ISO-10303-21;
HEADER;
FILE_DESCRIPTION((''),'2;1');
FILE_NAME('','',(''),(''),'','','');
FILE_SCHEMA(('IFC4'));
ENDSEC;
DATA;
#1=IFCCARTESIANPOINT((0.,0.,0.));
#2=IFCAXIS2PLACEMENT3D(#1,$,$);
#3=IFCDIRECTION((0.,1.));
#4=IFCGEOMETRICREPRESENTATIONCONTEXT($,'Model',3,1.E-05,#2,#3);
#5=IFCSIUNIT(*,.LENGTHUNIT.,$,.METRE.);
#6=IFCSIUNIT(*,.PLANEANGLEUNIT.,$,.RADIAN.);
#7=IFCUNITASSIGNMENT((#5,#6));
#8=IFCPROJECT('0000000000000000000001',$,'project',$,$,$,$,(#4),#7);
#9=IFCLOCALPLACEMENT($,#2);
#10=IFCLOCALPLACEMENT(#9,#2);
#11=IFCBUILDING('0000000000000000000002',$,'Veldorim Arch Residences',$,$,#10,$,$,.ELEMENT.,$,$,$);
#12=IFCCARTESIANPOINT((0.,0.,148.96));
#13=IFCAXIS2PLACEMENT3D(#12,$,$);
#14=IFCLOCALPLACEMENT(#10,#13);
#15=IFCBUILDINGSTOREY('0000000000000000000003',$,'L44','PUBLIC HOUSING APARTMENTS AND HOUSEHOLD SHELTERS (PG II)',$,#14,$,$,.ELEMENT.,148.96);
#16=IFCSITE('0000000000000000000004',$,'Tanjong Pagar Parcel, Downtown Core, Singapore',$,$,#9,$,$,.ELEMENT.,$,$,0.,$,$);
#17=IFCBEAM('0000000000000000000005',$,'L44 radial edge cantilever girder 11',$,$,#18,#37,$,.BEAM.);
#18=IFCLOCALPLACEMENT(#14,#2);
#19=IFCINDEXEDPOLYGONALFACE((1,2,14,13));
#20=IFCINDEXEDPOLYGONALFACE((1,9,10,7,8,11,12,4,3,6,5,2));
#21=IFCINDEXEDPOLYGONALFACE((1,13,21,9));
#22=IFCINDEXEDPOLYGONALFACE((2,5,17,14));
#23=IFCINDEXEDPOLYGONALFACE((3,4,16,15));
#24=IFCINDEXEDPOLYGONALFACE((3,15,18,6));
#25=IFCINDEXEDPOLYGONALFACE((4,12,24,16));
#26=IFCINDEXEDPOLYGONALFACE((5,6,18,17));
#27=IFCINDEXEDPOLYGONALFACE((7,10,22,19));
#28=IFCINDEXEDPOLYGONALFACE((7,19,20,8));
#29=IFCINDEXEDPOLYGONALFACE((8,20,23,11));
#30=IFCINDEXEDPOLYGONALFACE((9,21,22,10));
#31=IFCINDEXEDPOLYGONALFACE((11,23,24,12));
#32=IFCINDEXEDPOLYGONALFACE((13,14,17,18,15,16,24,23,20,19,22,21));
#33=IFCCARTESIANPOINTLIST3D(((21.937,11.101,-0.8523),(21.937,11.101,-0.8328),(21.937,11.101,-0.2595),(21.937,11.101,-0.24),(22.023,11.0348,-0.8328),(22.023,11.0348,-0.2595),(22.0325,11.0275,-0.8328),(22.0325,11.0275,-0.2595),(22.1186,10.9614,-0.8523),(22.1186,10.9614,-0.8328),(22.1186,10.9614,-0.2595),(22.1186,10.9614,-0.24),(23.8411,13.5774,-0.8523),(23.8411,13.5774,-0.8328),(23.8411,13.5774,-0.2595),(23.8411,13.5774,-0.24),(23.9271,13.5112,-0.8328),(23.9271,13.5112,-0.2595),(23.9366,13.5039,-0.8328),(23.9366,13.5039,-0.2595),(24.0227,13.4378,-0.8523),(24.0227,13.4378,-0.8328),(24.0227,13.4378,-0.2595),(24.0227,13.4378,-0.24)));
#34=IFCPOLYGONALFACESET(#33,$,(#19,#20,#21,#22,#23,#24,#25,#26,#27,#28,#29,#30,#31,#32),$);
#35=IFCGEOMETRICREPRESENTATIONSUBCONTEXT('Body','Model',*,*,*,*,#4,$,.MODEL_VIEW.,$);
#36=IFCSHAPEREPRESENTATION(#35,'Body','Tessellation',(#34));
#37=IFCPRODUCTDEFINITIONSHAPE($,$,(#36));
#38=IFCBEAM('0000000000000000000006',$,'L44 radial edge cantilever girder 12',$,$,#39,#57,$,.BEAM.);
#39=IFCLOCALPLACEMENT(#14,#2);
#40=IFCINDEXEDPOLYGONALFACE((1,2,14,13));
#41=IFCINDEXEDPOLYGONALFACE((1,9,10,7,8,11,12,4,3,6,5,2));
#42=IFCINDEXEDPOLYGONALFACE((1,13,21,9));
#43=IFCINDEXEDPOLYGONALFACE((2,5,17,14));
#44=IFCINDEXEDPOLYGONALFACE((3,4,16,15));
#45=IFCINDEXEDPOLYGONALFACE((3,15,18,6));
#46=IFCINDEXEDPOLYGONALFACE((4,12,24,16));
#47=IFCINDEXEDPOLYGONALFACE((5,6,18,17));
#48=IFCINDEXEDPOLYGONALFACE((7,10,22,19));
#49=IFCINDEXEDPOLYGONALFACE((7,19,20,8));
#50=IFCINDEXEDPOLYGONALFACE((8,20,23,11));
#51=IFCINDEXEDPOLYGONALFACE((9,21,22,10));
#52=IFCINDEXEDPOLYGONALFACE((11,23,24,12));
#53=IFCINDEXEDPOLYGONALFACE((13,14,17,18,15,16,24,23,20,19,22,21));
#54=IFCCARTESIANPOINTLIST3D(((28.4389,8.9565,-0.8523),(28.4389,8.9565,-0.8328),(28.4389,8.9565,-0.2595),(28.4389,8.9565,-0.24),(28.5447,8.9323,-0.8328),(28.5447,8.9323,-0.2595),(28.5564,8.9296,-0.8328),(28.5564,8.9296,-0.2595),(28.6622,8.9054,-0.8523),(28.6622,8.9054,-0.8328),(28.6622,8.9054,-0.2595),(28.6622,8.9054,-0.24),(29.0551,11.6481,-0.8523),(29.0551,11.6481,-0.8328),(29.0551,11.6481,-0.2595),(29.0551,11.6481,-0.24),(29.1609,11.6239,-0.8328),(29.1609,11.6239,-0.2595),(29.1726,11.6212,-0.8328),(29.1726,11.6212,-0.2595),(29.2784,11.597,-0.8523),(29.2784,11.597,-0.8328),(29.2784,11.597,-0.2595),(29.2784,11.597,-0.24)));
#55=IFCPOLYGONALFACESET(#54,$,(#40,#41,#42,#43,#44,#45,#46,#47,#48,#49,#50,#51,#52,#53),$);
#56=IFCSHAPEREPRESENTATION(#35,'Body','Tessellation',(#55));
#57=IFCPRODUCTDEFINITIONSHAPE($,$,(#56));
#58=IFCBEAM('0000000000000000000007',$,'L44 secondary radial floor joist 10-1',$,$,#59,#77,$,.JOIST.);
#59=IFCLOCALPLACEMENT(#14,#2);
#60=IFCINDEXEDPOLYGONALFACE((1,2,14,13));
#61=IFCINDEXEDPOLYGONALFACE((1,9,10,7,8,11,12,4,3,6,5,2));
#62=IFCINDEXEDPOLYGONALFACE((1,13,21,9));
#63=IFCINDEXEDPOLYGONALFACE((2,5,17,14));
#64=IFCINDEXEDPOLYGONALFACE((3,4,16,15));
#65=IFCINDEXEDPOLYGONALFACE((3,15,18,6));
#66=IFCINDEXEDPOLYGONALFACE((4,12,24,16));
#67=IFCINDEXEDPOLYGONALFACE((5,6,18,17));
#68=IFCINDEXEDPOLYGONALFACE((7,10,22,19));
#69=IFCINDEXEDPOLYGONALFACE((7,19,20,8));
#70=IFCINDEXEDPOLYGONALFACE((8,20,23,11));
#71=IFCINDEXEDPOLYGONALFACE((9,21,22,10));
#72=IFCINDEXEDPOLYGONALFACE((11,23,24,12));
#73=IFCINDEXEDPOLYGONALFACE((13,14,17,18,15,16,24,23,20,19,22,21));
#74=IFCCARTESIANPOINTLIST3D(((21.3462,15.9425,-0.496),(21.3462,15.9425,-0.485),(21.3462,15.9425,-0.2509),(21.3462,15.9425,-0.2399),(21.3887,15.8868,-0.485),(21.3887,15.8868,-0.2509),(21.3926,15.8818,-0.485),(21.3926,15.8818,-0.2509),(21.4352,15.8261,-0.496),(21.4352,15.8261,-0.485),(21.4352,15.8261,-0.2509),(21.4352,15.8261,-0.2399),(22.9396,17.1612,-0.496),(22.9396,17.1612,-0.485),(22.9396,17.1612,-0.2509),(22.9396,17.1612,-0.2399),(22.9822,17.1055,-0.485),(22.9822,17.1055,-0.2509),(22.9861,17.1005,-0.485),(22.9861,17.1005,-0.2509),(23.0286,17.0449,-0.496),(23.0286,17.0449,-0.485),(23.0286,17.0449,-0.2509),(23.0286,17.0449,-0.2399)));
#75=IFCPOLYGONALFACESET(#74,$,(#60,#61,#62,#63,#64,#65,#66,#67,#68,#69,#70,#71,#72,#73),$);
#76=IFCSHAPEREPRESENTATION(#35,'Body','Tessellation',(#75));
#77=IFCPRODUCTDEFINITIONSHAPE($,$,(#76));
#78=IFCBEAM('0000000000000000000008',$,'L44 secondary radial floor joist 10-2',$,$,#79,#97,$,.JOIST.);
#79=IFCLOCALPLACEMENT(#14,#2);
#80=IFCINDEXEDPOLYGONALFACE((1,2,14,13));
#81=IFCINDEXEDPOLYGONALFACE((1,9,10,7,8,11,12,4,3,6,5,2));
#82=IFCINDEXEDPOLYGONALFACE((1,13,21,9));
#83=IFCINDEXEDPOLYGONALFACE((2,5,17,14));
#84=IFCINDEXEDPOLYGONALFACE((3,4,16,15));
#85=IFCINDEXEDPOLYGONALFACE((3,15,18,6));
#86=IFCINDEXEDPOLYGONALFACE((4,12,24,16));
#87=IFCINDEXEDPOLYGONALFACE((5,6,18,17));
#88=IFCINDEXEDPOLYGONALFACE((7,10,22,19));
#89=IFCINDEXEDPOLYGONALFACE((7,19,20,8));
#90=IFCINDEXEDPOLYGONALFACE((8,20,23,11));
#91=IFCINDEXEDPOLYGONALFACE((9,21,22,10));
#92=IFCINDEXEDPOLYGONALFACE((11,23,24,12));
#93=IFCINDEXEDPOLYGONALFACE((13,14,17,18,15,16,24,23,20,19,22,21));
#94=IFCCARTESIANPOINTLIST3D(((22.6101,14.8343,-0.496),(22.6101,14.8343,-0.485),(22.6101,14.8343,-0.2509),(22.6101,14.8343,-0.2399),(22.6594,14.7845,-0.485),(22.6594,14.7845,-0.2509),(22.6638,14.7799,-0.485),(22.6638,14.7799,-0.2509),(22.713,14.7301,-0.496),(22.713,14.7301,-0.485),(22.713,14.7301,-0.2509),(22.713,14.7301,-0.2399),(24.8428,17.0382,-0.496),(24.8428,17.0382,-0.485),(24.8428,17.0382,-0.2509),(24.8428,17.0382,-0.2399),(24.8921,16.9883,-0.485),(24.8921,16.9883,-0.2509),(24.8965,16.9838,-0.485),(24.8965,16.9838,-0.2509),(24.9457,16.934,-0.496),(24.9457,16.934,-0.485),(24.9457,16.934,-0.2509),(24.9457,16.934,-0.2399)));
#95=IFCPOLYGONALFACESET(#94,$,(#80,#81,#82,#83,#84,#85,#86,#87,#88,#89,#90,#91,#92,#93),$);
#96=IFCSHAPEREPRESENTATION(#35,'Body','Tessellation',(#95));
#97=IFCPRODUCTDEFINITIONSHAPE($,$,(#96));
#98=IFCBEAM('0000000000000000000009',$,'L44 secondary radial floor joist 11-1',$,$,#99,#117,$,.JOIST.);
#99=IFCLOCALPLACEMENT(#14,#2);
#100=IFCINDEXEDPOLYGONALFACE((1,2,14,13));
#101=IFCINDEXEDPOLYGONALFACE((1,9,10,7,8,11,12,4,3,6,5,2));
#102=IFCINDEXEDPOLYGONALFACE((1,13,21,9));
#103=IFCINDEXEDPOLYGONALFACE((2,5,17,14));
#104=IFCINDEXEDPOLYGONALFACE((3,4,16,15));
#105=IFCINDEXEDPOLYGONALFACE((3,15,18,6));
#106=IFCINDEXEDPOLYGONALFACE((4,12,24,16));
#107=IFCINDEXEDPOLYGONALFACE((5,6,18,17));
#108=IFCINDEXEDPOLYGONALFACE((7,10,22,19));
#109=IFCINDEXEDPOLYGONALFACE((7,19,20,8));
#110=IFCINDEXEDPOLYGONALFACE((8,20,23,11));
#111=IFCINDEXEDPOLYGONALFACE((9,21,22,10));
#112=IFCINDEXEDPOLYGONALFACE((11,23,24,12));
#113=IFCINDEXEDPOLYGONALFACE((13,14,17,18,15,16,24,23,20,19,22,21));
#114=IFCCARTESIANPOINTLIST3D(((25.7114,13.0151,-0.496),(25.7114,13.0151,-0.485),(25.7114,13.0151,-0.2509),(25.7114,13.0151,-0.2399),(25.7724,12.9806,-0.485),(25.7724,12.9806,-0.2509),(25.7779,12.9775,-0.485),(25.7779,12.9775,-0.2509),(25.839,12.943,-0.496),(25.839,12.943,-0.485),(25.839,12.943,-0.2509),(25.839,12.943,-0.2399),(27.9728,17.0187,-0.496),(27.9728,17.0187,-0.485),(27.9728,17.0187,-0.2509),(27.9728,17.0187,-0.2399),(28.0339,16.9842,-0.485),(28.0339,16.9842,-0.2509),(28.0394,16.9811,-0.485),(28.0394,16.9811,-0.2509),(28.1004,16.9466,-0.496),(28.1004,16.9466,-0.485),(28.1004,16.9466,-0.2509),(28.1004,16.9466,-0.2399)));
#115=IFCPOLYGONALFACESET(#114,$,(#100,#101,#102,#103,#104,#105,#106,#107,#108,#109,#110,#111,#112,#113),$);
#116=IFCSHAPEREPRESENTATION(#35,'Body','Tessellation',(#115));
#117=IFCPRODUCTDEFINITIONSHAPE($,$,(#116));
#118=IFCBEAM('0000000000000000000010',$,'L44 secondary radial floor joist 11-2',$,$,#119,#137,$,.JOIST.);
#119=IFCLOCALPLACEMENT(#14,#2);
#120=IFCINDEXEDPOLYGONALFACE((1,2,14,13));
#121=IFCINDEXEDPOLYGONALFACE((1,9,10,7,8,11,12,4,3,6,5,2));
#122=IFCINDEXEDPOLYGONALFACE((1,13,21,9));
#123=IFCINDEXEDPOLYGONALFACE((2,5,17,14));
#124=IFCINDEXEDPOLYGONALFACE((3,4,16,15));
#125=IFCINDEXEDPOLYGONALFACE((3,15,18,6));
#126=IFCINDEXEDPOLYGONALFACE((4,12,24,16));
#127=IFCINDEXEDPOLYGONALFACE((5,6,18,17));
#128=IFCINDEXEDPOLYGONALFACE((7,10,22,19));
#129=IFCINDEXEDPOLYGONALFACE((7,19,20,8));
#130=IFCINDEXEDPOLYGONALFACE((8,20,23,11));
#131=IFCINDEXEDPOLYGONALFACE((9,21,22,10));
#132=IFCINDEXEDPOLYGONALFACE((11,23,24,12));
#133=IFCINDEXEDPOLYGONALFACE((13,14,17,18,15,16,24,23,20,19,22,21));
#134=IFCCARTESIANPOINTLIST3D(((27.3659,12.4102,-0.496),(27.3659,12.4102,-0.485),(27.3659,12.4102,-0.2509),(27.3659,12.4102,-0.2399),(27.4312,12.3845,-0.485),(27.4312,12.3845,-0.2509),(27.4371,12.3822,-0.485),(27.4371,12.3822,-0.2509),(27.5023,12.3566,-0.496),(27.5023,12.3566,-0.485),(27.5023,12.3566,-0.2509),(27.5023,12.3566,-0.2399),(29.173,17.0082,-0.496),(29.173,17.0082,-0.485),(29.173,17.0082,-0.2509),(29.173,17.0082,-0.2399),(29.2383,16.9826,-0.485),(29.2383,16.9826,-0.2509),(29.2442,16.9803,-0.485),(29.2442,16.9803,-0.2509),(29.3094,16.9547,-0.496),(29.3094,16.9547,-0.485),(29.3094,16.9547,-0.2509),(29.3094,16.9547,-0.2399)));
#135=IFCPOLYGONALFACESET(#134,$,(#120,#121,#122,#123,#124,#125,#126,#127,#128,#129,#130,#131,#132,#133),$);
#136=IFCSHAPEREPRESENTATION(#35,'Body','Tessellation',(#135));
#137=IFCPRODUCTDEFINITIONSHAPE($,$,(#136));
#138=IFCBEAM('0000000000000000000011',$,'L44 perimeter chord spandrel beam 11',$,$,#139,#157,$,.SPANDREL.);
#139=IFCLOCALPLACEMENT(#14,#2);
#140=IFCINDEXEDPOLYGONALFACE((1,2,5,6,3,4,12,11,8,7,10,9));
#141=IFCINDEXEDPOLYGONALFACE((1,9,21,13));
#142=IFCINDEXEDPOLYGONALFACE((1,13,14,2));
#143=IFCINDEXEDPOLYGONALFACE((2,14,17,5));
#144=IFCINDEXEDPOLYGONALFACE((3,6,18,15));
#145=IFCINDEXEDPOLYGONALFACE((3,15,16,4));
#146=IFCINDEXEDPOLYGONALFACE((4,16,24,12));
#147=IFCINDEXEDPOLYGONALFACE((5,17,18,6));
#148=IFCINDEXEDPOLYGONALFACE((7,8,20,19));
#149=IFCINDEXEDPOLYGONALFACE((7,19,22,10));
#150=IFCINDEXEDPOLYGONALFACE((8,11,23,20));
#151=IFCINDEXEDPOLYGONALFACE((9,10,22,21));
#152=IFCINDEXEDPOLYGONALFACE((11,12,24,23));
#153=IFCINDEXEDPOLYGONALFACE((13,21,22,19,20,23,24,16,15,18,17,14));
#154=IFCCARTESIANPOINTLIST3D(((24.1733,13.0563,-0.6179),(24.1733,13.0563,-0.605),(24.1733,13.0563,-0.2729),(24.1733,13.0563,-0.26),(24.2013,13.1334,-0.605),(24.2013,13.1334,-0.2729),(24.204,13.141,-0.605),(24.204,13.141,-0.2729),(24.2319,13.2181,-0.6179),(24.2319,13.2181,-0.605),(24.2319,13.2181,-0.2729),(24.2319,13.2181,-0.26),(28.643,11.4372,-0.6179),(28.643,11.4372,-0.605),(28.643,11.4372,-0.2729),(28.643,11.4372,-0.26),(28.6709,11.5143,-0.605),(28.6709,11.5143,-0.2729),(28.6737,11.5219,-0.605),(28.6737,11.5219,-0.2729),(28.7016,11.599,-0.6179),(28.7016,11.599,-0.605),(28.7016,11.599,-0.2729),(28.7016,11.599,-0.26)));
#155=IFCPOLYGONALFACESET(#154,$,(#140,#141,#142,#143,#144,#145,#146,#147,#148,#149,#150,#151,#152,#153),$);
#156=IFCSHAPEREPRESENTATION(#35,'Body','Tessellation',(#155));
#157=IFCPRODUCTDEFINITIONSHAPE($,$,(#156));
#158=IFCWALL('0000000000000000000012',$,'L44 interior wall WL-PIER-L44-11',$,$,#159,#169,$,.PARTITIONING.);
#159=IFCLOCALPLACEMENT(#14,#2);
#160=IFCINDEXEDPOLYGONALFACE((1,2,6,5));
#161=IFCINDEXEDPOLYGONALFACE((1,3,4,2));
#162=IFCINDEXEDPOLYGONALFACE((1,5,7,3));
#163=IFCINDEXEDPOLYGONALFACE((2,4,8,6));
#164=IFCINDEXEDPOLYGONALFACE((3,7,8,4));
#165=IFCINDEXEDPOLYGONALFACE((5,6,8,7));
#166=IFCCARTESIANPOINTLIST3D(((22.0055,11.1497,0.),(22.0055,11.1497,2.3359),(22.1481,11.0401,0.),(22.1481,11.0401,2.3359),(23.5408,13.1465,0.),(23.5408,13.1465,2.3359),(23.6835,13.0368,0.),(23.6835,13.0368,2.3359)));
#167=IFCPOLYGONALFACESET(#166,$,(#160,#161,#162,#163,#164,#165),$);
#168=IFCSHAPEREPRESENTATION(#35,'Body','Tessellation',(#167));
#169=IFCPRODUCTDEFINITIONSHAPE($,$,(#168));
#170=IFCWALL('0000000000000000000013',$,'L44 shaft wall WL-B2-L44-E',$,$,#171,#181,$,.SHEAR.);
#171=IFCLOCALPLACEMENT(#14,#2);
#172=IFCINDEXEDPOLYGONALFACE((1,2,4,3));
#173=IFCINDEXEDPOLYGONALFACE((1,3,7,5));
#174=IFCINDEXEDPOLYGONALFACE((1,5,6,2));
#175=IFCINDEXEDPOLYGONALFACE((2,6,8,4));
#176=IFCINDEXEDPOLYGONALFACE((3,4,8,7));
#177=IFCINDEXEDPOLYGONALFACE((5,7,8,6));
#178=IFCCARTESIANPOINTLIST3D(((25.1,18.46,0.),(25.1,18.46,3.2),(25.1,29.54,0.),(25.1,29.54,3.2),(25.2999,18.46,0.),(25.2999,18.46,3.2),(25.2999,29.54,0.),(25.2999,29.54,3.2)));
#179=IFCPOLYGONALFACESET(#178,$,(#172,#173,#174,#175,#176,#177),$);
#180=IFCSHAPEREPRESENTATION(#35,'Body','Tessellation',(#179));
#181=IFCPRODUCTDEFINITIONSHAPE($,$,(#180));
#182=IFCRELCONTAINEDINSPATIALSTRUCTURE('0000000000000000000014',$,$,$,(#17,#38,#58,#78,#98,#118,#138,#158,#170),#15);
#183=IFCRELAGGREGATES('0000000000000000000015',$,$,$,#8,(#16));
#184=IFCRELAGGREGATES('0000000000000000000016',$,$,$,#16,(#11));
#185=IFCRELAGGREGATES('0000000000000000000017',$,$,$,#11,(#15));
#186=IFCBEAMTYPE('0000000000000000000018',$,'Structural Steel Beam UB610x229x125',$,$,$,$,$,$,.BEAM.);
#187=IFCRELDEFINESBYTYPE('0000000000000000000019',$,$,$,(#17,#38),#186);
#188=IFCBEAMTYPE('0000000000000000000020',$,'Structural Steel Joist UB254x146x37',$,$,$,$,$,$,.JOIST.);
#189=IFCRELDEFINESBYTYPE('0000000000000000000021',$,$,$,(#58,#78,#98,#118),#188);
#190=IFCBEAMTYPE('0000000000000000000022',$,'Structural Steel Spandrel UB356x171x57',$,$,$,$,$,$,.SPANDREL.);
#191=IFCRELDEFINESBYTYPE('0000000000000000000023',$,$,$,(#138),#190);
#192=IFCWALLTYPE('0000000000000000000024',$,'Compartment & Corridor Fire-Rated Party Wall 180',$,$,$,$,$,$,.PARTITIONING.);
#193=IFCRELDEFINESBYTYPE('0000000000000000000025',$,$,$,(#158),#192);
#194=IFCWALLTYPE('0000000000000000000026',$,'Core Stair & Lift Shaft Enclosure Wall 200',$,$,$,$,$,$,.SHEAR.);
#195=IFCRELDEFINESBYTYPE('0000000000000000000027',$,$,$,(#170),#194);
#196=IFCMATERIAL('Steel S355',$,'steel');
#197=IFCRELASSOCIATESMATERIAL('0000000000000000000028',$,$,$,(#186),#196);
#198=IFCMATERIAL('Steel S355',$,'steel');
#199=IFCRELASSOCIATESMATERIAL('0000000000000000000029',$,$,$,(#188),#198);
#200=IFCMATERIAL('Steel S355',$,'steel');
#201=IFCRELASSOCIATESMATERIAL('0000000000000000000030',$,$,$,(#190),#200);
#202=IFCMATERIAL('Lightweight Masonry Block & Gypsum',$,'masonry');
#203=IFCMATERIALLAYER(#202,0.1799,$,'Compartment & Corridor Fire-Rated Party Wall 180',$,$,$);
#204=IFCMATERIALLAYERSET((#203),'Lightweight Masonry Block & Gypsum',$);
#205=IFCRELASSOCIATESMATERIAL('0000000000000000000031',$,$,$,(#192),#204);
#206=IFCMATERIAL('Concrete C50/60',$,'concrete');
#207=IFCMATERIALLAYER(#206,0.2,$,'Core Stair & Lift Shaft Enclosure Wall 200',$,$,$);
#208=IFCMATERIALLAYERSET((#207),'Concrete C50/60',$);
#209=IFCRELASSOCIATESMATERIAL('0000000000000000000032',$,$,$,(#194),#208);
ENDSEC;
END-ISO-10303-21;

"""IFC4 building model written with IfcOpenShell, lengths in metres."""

from ifc_helpers import new_model, si_unit, direction, frame, frame_2d, origin, origin_2d, place, context, subcontext, project, spatial, rectangle, i_section, extrude, material, layer, layer_set, material_profile, profile_set, type_object, element, save


model = new_model("IFC4")

# Units and contexts
model_context = context("Model", 3, precision=1e-05, world=origin(), true_north=direction((0.0, 1.0)))
body_context = subcontext(model_context, "Body", "Model", "MODEL_VIEW")
ifc_project = project(units=[si_unit("LENGTHUNIT", "METRE"), si_unit("PLANEANGLEUNIT", "RADIAN")], contexts=[model_context])

# Site, building, storey
site_placement = place(None, origin())
site = spatial("IfcSite", under=ifc_project, at=site_placement, Name="Tanjong Pagar Parcel, Downtown Core, Singapore", CompositionType="ELEMENT", RefElevation=0.0)
building_placement = place(site_placement, origin())
building = spatial("IfcBuilding", under=site, at=building_placement, Name="Veldorim Arch Residences", CompositionType="ELEMENT")
storey_placement = place(building_placement, frame((0.0, 0.0, 148.96)))
storey = spatial("IfcBuildingStorey", under=building, at=storey_placement, Name="L44", Description="PUBLIC HOUSING APARTMENTS AND HOUSEHOLD SHELTERS (PG II)", CompositionType="ELEMENT", Elevation=148.96)

# Beams
ifc_material_1 = material(Name="Steel S355", Category="steel")
ifc_material_profile_1 = material_profile(ifc_material_1, i_section(OverallWidth=0.229, OverallDepth=0.6123, WebThickness=0.012, FlangeThickness=0.0195, at=origin_2d()), Name="UB610x229x125")
ifc_profile_set_1 = profile_set([ifc_material_profile_1], Name="Steel S355")
beam_type_1 = type_object("IfcBeamType", Name="Structural Steel Beam UB610x229x125", PredefinedType="BEAM", material=ifc_profile_set_1)
beam_1_placement = place(storey_placement, frame((23.9319, 13.5076, -0.5461), z_axis=(-0.609548, -0.792749, 0.0), x_axis=(0.792749, -0.609548, 0.0)))
element("IfcBeam", 1, at=beam_1_placement, inside=storey, type_object=beam_type_1, Name="L44 radial edge cantilever girder 11", PredefinedType="BEAM", context=body_context, shape_type="SweptSolid", body=[
    extrude(i_section(OverallWidth=0.229, OverallDepth=0.6123, WebThickness=0.012, FlangeThickness=0.0195, at=origin_2d()), origin(), (0.0, 0.0, 1.0), 3.1238),
])
beam_2_placement = place(storey_placement, frame((29.1667, 11.6226, -0.5461), z_axis=(-0.223161, -0.974782, 0.0), x_axis=(0.974782, -0.223161, 0.0)))
element("IfcBeam", 2, at=beam_2_placement, inside=storey, type_object=beam_type_1, Name="L44 radial edge cantilever girder 12", PredefinedType="BEAM", context=body_context, shape_type="SweptSolid", body=[
    extrude(i_section(OverallWidth=0.229, OverallDepth=0.6123, WebThickness=0.012, FlangeThickness=0.0195, at=origin_2d()), origin(), (0.0, 0.0, 1.0), 2.7612),
])
ifc_material_2 = material(Name="Steel S355", Category="steel")
ifc_material_profile_2 = material_profile(ifc_material_2, i_section(OverallWidth=0.1465, OverallDepth=0.2561, WebThickness=0.0063, FlangeThickness=0.011, at=origin_2d()), Name="UB254x146x37")
ifc_profile_set_2 = profile_set([ifc_material_profile_2], Name="Steel S355")
beam_type_2 = type_object("IfcBeamType", Name="Structural Steel Joist UB254x146x37", PredefinedType="JOIST", material=ifc_profile_set_2)
beam_3_placement = place(storey_placement, frame((22.9841, 17.103, -0.3679), z_axis=(-0.794313, -0.607509, 0.0), x_axis=(0.607509, -0.794313, 0.0)))
element("IfcBeam", 3, at=beam_3_placement, inside=storey, type_object=beam_type_2, Name="L44 secondary radial floor joist 10-1", PredefinedType="JOIST", context=body_context, shape_type="SweptSolid", body=[
    extrude(i_section(OverallWidth=0.1465, OverallDepth=0.2561, WebThickness=0.0063, FlangeThickness=0.011, at=origin_2d()), origin(), (0.0, 0.0, 1.0), 2.0061),
])
beam_4_placement = place(storey_placement, frame((24.8943, 16.9861, -0.3679), z_axis=(-0.711683, -0.7025, 0.0), x_axis=(0.7025, -0.711683, 0.0)))
element("IfcBeam", 4, at=beam_4_placement, inside=storey, type_object=beam_type_2, Name="L44 secondary radial floor joist 10-2", PredefinedType="JOIST", context=body_context, shape_type="SweptSolid", body=[
    extrude(i_section(OverallWidth=0.1465, OverallDepth=0.2561, WebThickness=0.0063, FlangeThickness=0.011, at=origin_2d()), origin(), (0.0, 0.0, 1.0), 3.1372),
])
beam_5_placement = place(storey_placement, frame((28.0366, 16.9827, -0.3679), z_axis=(-0.491816, -0.870699, 0.0), x_axis=(0.870699, -0.491816, 0.0)))
element("IfcBeam", 5, at=beam_5_placement, inside=storey, type_object=beam_type_2, Name="L44 secondary radial floor joist 11-1", PredefinedType="JOIST", context=body_context, shape_type="SweptSolid", body=[
    extrude(i_section(OverallWidth=0.1465, OverallDepth=0.2561, WebThickness=0.0063, FlangeThickness=0.011, at=origin_2d()), origin(), (0.0, 0.0, 1.0), 4.5981),
])
beam_6_placement = place(storey_placement, frame((29.2412, 16.9814, -0.3679), z_axis=(-0.365778, -0.930702, 0.0), x_axis=(0.930702, -0.365778, 0.0)))
element("IfcBeam", 6, at=beam_6_placement, inside=storey, type_object=beam_type_2, Name="L44 secondary radial floor joist 11-2", PredefinedType="JOIST", context=body_context, shape_type="SweptSolid", body=[
    extrude(i_section(OverallWidth=0.1465, OverallDepth=0.2561, WebThickness=0.0063, FlangeThickness=0.011, at=origin_2d()), origin(), (0.0, 0.0, 1.0), 4.9404),
])
ifc_material_3 = material(Name="Steel S355", Category="steel")
ifc_material_profile_3 = material_profile(ifc_material_3, i_section(OverallWidth=0.1721, OverallDepth=0.3579, WebThickness=0.0081, FlangeThickness=0.0129, at=origin_2d()), Name="UB356x171x57")
ifc_profile_set_3 = profile_set([ifc_material_profile_3], Name="Steel S355")
beam_type_3 = type_object("IfcBeamType", Name="Structural Steel Spandrel UB356x171x57", PredefinedType="SPANDREL", material=ifc_profile_set_3)
beam_7_placement = place(storey_placement, frame((24.2026, 13.1372, -0.439), z_axis=(0.940213, -0.340588, 0.0), x_axis=(0.340588, 0.940213, 0.0)))
element("IfcBeam", 7, at=beam_7_placement, inside=storey, type_object=beam_type_3, Name="L44 perimeter chord spandrel beam 11", PredefinedType="SPANDREL", context=body_context, shape_type="SweptSolid", body=[
    extrude(i_section(OverallWidth=0.1721, OverallDepth=0.3579, WebThickness=0.0081, FlangeThickness=0.0129, at=origin_2d()), origin(), (0.0, 0.0, 1.0), 4.7539),
])

# Walls
ifc_material_4 = material(Name="Lightweight Masonry Block & Gypsum", Category="masonry")
ifc_layer_1 = layer(ifc_material_4, 0.1799, Name="Compartment & Corridor Fire-Rated Party Wall 180")
ifc_layer_set_1 = layer_set([ifc_layer_1], Name="Lightweight Masonry Block & Gypsum")
wall_type_1 = type_object("IfcWallType", Name="Compartment & Corridor Fire-Rated Party Wall 180", PredefinedType="PARTITIONING", material=ifc_layer_set_1)
wall_1_placement = place(storey_placement, frame((23.6121, 13.0916, 0.0), z_axis=(0.0, 0.0, 1.0), x_axis=(-0.609556, -0.792743, 0.0)))
element("IfcWall", 8, at=wall_1_placement, inside=storey, type_object=wall_type_1, Name="L44 interior wall WL-PIER-L44-11", PredefinedType="PARTITIONING", context=body_context, shape_type="SweptSolid", body=[
    extrude(rectangle(XDim=2.5188, YDim=0.1799, at=frame_2d((1.2593, 0.0))), origin(), (0.0, 0.0, 1.0), 2.3359),
])
ifc_material_5 = material(Name="Concrete C50/60", Category="concrete")
ifc_layer_2 = layer(ifc_material_5, 0.2, Name="Core Stair & Lift Shaft Enclosure Wall 200")
ifc_layer_set_2 = layer_set([ifc_layer_2], Name="Concrete C50/60")
wall_type_2 = type_object("IfcWallType", Name="Core Stair & Lift Shaft Enclosure Wall 200", PredefinedType="SHEAR", material=ifc_layer_set_2)
wall_2_placement = place(storey_placement, frame((25.2, 18.46, 0.0), z_axis=(0.0, 0.0, 1.0), x_axis=(0.0, 1.0, 0.0)))
element("IfcWall", 9, at=wall_2_placement, inside=storey, type_object=wall_type_2, Name="L44 shaft wall WL-B2-L44-E", PredefinedType="SHEAR", context=body_context, shape_type="SweptSolid", body=[
    extrude(rectangle(XDim=11.0801, YDim=0.2, at=frame_2d((5.54, 0.0))), origin(), (0.0, 0.0, 1.0), 3.2),
])

save(model, "model.ifc")
